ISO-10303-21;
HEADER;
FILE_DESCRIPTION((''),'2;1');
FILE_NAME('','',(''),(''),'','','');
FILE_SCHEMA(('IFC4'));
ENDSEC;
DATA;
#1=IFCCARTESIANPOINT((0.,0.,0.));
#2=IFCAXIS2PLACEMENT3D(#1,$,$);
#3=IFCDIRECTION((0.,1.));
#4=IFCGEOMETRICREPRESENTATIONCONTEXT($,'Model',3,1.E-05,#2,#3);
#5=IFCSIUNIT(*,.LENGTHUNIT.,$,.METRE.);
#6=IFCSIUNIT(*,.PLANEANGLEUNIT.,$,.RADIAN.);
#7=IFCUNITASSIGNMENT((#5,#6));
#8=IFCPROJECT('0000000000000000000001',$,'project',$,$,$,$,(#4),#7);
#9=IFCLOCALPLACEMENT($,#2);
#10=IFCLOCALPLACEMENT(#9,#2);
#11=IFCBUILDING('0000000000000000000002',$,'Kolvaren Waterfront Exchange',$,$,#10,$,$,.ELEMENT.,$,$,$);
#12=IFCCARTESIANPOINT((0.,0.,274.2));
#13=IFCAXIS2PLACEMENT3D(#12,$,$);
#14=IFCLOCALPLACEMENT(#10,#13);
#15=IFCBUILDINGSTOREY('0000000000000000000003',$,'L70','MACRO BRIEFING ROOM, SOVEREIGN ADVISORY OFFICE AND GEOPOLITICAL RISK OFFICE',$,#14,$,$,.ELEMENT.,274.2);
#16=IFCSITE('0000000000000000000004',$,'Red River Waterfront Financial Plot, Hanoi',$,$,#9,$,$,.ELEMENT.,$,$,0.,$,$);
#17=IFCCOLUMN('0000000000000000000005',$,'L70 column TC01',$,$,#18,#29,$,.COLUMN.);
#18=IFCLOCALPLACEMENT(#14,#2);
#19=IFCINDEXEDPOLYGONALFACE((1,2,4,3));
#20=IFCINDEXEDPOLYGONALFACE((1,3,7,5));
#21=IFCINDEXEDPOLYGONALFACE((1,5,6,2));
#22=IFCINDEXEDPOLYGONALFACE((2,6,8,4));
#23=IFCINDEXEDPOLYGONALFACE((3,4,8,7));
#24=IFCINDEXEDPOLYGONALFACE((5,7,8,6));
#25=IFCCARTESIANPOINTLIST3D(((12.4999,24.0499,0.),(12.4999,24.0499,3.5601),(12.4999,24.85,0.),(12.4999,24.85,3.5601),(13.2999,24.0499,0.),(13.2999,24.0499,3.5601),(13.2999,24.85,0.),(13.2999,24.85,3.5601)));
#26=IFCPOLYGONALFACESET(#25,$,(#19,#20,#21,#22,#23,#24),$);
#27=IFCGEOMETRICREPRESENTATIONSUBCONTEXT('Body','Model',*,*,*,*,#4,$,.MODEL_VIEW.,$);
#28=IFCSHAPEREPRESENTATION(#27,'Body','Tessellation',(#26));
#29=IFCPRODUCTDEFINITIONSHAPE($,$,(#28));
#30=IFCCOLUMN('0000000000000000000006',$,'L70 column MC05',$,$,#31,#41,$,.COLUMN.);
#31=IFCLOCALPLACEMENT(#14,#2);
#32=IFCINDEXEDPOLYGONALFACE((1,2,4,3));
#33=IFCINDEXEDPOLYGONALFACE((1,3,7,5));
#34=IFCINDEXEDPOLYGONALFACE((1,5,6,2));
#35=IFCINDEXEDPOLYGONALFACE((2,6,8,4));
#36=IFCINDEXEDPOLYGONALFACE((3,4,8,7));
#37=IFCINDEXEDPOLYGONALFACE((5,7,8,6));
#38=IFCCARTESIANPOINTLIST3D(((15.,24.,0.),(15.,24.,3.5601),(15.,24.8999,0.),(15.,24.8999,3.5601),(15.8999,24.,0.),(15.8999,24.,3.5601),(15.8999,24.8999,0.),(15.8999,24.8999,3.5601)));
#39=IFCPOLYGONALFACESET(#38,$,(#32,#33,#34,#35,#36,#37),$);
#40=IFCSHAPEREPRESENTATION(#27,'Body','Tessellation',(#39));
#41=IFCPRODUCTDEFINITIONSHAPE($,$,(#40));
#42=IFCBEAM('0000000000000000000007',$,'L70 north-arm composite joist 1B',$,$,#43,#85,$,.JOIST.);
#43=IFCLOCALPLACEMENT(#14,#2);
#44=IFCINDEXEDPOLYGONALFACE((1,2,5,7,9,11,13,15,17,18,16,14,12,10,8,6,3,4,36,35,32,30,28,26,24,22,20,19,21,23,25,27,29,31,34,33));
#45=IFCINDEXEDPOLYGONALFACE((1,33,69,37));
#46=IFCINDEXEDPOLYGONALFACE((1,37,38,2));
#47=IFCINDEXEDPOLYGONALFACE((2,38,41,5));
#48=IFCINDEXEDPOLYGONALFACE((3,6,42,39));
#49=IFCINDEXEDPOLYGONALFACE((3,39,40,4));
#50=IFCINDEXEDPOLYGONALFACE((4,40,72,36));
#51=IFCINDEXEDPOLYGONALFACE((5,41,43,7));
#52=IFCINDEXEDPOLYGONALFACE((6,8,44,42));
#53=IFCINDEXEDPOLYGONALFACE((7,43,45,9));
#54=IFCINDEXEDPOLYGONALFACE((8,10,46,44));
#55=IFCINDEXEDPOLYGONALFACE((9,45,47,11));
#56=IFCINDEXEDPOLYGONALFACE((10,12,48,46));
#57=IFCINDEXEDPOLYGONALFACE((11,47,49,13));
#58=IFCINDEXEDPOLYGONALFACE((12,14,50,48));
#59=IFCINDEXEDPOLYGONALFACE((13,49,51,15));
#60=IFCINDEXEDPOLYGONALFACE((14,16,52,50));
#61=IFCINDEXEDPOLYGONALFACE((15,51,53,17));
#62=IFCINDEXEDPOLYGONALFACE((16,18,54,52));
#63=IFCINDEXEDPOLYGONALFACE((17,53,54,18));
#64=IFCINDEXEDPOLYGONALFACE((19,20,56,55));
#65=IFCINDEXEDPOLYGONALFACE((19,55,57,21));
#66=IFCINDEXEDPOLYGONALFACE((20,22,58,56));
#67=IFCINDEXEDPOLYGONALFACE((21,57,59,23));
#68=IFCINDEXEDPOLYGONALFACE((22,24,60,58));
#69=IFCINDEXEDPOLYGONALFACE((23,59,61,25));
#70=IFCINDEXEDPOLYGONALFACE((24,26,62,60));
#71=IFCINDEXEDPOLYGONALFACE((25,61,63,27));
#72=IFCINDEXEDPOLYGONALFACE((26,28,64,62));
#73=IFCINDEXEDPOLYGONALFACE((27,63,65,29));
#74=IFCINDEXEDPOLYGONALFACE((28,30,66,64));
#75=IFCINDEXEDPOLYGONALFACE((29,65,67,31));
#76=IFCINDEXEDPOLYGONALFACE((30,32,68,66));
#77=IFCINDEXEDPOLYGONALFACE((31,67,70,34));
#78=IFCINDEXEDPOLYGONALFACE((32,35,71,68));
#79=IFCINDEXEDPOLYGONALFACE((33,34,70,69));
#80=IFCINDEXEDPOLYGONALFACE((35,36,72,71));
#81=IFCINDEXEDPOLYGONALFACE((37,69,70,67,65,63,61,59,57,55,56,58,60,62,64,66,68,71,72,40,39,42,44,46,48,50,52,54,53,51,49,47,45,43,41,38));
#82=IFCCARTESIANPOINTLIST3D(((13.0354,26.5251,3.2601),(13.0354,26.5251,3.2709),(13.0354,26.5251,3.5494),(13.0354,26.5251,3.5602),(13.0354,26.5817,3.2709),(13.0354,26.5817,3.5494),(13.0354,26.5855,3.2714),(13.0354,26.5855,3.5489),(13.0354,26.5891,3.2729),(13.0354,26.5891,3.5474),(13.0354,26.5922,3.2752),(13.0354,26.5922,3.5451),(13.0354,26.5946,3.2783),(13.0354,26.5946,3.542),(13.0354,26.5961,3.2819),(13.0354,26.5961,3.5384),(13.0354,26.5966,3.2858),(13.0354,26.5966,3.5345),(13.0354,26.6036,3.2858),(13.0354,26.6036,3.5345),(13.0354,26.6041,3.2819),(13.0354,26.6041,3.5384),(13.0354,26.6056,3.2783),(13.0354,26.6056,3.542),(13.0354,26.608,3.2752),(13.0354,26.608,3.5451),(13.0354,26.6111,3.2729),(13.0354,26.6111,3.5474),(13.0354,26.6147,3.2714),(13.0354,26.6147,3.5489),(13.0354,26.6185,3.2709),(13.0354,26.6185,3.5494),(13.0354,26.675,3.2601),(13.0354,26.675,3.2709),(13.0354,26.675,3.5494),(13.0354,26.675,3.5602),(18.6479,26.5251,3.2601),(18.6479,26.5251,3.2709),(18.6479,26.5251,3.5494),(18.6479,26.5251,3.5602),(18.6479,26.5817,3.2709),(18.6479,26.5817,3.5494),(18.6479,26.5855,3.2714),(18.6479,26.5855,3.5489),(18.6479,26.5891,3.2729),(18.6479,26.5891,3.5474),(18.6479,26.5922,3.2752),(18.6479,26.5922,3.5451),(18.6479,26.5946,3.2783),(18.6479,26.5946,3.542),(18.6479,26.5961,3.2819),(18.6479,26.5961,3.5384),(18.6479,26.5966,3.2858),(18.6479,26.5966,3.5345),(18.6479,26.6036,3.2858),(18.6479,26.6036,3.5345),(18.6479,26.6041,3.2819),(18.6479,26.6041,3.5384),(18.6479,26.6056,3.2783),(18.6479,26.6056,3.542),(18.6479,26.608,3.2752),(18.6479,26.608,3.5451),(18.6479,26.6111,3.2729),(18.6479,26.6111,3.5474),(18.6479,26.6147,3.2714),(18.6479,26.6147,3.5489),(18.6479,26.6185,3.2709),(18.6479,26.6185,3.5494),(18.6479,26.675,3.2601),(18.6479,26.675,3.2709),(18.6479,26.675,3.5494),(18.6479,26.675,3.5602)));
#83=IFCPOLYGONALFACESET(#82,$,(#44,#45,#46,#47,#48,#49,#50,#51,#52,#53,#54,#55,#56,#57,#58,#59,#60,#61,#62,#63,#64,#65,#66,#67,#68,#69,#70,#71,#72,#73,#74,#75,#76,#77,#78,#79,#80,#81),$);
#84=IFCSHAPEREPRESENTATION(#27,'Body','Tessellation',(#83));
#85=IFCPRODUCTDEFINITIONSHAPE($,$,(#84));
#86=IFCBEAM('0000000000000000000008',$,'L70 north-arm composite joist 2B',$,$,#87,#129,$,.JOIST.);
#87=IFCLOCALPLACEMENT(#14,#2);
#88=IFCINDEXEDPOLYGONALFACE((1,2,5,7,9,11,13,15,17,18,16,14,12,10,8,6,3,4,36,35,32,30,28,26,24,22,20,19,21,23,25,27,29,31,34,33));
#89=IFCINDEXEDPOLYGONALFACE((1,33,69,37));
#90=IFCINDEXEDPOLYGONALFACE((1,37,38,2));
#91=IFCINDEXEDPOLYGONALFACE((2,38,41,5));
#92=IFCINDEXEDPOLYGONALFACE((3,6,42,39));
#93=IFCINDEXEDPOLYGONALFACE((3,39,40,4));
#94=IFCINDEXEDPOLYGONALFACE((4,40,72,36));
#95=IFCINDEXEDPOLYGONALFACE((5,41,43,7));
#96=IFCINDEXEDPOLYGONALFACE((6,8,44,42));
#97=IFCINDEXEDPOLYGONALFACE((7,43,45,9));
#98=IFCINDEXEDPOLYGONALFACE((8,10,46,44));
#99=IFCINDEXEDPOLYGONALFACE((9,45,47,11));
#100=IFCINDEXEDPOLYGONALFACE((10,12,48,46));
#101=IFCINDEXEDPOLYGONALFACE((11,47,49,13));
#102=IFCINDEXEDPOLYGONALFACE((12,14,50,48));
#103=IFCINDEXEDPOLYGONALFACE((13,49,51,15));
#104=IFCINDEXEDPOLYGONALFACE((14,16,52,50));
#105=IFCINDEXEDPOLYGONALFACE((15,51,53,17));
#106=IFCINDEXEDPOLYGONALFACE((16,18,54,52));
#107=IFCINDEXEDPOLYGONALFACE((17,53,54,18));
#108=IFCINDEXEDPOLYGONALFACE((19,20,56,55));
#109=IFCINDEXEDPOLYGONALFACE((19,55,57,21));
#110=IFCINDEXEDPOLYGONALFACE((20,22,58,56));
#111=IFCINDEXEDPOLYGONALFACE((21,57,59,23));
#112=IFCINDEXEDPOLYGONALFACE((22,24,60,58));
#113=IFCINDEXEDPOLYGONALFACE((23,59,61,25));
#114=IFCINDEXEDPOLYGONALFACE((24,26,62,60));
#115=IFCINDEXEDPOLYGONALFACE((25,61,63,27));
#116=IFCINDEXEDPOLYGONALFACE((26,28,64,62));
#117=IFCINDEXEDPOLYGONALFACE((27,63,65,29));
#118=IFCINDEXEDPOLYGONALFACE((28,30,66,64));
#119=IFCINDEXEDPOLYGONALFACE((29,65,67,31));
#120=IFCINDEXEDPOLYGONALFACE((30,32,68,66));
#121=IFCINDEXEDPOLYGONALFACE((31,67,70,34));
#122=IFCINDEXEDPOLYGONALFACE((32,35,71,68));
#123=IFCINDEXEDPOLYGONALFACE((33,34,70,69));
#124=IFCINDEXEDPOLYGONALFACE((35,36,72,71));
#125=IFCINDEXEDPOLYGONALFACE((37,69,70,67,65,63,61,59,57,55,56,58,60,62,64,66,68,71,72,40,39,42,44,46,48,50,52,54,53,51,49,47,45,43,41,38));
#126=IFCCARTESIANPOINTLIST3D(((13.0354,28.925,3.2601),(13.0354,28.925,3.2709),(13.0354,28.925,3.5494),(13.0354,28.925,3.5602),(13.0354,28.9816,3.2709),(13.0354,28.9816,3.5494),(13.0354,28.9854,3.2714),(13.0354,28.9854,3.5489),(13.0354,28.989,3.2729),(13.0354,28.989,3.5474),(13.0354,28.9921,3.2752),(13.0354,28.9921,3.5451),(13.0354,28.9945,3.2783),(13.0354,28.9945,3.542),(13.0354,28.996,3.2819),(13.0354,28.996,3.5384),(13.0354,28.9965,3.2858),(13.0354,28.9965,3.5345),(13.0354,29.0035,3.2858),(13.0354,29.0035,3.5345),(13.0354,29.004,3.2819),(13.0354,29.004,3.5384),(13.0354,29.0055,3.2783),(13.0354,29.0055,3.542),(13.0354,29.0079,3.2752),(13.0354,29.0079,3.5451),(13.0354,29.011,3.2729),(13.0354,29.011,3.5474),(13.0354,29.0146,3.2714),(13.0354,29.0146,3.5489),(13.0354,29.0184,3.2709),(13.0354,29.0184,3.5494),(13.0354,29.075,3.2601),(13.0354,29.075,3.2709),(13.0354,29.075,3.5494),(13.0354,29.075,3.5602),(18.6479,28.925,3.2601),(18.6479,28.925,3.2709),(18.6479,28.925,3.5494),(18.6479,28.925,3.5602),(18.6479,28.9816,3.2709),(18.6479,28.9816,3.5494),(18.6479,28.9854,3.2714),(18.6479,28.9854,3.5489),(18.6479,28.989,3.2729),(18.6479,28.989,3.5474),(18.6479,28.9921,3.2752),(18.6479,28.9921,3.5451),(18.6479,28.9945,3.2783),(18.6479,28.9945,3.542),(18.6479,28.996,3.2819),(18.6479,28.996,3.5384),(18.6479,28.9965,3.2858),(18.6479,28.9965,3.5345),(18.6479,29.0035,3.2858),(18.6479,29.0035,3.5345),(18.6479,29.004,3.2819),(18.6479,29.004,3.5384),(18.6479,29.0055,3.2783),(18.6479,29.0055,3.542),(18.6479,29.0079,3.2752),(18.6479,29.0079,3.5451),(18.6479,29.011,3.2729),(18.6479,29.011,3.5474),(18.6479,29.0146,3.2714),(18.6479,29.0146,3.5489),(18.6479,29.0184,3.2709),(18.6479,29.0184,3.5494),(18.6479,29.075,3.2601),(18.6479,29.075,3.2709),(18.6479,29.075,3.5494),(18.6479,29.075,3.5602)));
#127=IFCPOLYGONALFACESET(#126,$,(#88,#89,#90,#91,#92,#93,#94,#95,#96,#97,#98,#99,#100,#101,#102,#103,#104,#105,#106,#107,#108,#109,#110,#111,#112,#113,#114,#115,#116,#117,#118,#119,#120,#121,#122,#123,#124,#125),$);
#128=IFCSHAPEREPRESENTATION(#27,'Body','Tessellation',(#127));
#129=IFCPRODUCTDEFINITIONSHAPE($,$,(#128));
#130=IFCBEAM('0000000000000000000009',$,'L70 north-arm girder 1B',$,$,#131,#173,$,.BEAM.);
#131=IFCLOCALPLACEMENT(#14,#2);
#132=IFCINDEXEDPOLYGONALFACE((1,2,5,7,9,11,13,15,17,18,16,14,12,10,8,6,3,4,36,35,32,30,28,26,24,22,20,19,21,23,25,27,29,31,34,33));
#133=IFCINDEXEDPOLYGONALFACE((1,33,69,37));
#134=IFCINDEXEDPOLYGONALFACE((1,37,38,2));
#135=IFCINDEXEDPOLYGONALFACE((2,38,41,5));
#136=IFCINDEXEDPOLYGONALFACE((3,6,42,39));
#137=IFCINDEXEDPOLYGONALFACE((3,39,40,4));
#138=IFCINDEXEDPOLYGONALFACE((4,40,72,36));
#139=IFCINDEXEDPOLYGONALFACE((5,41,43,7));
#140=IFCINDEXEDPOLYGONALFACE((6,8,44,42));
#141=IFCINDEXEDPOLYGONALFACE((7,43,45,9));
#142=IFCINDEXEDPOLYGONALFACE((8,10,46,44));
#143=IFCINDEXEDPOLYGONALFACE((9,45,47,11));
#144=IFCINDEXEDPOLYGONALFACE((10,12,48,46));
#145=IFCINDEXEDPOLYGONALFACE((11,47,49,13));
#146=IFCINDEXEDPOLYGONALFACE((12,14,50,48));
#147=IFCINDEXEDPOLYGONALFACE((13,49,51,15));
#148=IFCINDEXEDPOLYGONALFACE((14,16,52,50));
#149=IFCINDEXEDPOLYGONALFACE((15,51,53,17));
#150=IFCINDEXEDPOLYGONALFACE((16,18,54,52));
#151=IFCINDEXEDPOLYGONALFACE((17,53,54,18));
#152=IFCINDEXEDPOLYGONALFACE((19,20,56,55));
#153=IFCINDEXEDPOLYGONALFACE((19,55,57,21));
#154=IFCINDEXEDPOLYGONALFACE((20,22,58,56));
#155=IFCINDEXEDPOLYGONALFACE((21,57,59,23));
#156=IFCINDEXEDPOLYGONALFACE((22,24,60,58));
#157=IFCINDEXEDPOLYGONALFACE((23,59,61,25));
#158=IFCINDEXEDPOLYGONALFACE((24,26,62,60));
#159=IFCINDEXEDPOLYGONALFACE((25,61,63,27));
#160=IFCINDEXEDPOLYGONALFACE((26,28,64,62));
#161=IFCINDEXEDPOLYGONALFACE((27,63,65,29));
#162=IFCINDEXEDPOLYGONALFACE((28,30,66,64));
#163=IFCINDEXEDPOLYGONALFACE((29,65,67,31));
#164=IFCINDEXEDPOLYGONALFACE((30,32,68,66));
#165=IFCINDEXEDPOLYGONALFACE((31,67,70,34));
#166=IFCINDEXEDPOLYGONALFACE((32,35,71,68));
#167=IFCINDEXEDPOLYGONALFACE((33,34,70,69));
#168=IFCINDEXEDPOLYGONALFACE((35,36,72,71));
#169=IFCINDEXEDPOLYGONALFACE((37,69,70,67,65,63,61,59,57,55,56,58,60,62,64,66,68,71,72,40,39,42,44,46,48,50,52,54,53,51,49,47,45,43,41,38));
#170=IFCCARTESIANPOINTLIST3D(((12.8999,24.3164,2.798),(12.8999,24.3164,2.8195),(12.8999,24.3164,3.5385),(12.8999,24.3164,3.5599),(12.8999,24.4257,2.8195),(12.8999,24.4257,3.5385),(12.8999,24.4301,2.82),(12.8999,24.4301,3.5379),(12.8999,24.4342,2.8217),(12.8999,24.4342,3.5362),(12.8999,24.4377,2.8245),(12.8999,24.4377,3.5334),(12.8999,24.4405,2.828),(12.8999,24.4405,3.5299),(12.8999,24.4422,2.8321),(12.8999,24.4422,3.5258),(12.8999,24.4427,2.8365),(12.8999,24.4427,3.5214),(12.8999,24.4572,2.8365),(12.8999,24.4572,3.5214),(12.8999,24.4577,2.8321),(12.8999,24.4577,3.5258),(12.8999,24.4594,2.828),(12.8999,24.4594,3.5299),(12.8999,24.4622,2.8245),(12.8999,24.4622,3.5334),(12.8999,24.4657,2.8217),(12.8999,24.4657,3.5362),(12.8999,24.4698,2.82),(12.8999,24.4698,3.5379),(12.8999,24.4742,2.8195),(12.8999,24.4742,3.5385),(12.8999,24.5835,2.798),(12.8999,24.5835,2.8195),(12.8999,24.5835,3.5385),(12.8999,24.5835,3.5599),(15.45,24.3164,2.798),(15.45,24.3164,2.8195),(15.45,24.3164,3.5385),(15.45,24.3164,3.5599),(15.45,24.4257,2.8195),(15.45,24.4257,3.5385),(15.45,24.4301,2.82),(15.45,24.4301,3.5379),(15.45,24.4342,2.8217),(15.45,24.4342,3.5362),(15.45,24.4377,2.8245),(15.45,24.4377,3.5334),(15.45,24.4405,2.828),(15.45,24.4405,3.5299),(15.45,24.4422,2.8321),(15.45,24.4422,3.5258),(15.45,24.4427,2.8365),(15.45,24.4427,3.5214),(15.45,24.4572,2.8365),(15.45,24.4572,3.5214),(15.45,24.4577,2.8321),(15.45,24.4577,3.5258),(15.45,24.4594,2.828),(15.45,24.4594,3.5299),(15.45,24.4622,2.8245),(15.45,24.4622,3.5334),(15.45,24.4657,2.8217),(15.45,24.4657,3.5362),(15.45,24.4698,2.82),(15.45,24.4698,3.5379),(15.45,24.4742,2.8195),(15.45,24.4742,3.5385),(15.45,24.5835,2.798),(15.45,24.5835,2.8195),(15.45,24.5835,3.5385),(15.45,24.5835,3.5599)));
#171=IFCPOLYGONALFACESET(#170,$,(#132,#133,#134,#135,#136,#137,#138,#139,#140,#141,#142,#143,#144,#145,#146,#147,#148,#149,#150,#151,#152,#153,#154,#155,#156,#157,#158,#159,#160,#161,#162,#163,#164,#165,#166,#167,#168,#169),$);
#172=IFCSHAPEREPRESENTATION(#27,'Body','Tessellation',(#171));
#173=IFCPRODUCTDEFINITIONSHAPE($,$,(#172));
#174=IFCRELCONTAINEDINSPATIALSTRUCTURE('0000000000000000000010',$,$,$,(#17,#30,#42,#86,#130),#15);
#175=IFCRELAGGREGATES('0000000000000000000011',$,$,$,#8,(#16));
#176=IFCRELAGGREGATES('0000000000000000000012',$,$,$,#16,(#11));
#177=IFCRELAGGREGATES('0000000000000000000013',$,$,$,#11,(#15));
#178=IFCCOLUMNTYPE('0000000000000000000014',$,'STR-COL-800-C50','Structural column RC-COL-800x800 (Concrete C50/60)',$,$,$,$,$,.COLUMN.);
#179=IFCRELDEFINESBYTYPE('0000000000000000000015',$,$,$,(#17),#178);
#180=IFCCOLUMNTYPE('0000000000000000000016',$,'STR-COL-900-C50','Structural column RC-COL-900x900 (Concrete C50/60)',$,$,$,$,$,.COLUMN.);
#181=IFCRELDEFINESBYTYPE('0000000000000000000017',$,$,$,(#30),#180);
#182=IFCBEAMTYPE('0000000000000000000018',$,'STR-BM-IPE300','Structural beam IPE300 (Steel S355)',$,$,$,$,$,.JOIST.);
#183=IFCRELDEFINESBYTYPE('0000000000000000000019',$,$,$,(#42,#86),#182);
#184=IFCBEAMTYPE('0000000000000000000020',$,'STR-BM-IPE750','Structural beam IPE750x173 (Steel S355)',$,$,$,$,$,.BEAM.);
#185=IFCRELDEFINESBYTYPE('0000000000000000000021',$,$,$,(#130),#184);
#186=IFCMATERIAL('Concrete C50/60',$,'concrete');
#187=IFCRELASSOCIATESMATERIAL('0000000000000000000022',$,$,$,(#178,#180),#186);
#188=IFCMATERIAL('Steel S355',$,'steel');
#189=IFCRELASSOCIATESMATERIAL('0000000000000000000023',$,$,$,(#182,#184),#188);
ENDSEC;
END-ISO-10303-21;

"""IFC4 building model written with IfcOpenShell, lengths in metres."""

from ifc_helpers import new_model, si_unit, direction, frame, origin, origin_2d, place, context, subcontext, project, spatial, rectangle, i_section, extrude, material, material_profile, profile_set, type_object, element, save


model = new_model("IFC4")

# Units and contexts
model_context = context("Model", 3, precision=1e-05, world=origin(), true_north=direction((0.0, 1.0)))
body_context = subcontext(model_context, "Body", "Model", "MODEL_VIEW")
ifc_project = project(units=[si_unit("LENGTHUNIT", "METRE"), si_unit("PLANEANGLEUNIT", "RADIAN")], contexts=[model_context])

# Site, building, storey
site_placement = place(None, origin())
site = spatial("IfcSite", under=ifc_project, at=site_placement, Name="Red River Waterfront Financial Plot, Hanoi", CompositionType="ELEMENT", RefElevation=0.0)
building_placement = place(site_placement, origin())
building = spatial("IfcBuilding", under=site, at=building_placement, Name="Kolvaren Waterfront Exchange", CompositionType="ELEMENT")
storey_placement = place(building_placement, frame((0.0, 0.0, 274.2)))
storey = spatial("IfcBuildingStorey", under=building, at=storey_placement, Name="L70", Description="MACRO BRIEFING ROOM, SOVEREIGN ADVISORY OFFICE AND GEOPOLITICAL RISK OFFICE", CompositionType="ELEMENT", Elevation=274.2)

# Columns
ifc_material_1 = material(Name="Concrete C50/60", Category="concrete")
ifc_material_profile_1 = material_profile(ifc_material_1, rectangle(XDim=0.8, YDim=0.8, at=origin_2d()), Name="RC-COL-800x800")
ifc_profile_set_1 = profile_set([ifc_material_profile_1], Name="Concrete C50/60")
column_type_1 = type_object("IfcColumnType", Name="STR-COL-800-C50", Description="Structural column RC-COL-800x800 (Concrete C50/60)", PredefinedType="COLUMN", material=ifc_profile_set_1)
column_1_placement = place(storey_placement, frame((12.8999, 24.45, 0.0), z_axis=(0.0, 0.0, 1.0), x_axis=(1.0, 0.0, 0.0)))
element("IfcColumn", 1, at=column_1_placement, inside=storey, type_object=column_type_1, Name="L70 column TC01", PredefinedType="COLUMN", context=body_context, shape_type="SweptSolid", body=[
    extrude(rectangle(XDim=0.8, YDim=0.8, at=origin_2d()), origin(), (0.0, 0.0, 1.0), 3.5601),
])
ifc_material_profile_2 = material_profile(ifc_material_1, rectangle(XDim=0.8999, YDim=0.8999, at=origin_2d()), Name="RC-COL-900x900")
ifc_profile_set_2 = profile_set([ifc_material_profile_2], Name="Concrete C50/60")
column_type_2 = type_object("IfcColumnType", Name="STR-COL-900-C50", Description="Structural column RC-COL-900x900 (Concrete C50/60)", PredefinedType="COLUMN", material=ifc_profile_set_2)
column_2_placement = place(storey_placement, frame((15.45, 24.45, 0.0), z_axis=(0.0, 0.0, 1.0), x_axis=(1.0, 0.0, 0.0)))
element("IfcColumn", 2, at=column_2_placement, inside=storey, type_object=column_type_2, Name="L70 column MC05", PredefinedType="COLUMN", context=body_context, shape_type="SweptSolid", body=[
    extrude(rectangle(XDim=0.8999, YDim=0.8999, at=origin_2d()), origin(), (0.0, 0.0, 1.0), 3.5601),
])

# Beams
ifc_material_2 = material(Name="Steel S355", Category="steel")
ifc_material_profile_3 = material_profile(ifc_material_2, i_section(OverallWidth=0.1499, OverallDepth=0.3, WebThickness=0.0071, FlangeThickness=0.0107, FilletRadius=0.0149, at=origin_2d()), Name="IPE300")
ifc_profile_set_3 = profile_set([ifc_material_profile_3], Name="Steel S355")
beam_type_1 = type_object("IfcBeamType", Name="STR-BM-IPE300", Description="Structural beam IPE300 (Steel S355)", PredefinedType="JOIST", material=ifc_profile_set_3)
for number, where, z_axis, x_axis, name in (
    (3, (13.0354, 26.6001, 3.4102), (1.0, 0.0, 0.0), (0.0, 1.0, 0.0), "L70 north-arm composite joist 1B"),
    (4, (13.0354, 29.0, 3.4102), (1.0, 0.0, 0.0), (0.0, 1.0, 0.0), "L70 north-arm composite joist 2B"),
):
    element("IfcBeam", number, at=place(storey_placement, frame(where, z_axis=z_axis, x_axis=x_axis)), inside=storey, type_object=beam_type_1, Name=name, PredefinedType="JOIST", context=body_context, shape_type="SweptSolid", body=[
        extrude(i_section(OverallWidth=0.1499, OverallDepth=0.3, WebThickness=0.0071, FlangeThickness=0.0107, FilletRadius=0.0149, at=origin_2d()), origin(), (0.0, 0.0, 1.0), 5.6125),
    ])
ifc_material_profile_4 = material_profile(ifc_material_2, i_section(OverallWidth=0.2671, OverallDepth=0.762, WebThickness=0.0144, FlangeThickness=0.0215, FilletRadius=0.0171, at=origin_2d()), Name="IPE750x173")
ifc_profile_set_4 = profile_set([ifc_material_profile_4], Name="Steel S355")
beam_type_2 = type_object("IfcBeamType", Name="STR-BM-IPE750", Description="Structural beam IPE750x173 (Steel S355)", PredefinedType="BEAM", material=ifc_profile_set_4)
beam_1_placement = place(storey_placement, frame((12.8999, 24.45, 3.179), z_axis=(1.0, 0.0, 0.0), x_axis=(0.0, 1.0, 0.0)))
element("IfcBeam", 5, at=beam_1_placement, inside=storey, type_object=beam_type_2, Name="L70 north-arm girder 1B", PredefinedType="BEAM", context=body_context, shape_type="SweptSolid", body=[
    extrude(i_section(OverallWidth=0.2671, OverallDepth=0.762, WebThickness=0.0144, FlangeThickness=0.0215, FilletRadius=0.0171, at=origin_2d()), origin(), (0.0, 0.0, 1.0), 2.55),
])

save(model, "model.ifc")
